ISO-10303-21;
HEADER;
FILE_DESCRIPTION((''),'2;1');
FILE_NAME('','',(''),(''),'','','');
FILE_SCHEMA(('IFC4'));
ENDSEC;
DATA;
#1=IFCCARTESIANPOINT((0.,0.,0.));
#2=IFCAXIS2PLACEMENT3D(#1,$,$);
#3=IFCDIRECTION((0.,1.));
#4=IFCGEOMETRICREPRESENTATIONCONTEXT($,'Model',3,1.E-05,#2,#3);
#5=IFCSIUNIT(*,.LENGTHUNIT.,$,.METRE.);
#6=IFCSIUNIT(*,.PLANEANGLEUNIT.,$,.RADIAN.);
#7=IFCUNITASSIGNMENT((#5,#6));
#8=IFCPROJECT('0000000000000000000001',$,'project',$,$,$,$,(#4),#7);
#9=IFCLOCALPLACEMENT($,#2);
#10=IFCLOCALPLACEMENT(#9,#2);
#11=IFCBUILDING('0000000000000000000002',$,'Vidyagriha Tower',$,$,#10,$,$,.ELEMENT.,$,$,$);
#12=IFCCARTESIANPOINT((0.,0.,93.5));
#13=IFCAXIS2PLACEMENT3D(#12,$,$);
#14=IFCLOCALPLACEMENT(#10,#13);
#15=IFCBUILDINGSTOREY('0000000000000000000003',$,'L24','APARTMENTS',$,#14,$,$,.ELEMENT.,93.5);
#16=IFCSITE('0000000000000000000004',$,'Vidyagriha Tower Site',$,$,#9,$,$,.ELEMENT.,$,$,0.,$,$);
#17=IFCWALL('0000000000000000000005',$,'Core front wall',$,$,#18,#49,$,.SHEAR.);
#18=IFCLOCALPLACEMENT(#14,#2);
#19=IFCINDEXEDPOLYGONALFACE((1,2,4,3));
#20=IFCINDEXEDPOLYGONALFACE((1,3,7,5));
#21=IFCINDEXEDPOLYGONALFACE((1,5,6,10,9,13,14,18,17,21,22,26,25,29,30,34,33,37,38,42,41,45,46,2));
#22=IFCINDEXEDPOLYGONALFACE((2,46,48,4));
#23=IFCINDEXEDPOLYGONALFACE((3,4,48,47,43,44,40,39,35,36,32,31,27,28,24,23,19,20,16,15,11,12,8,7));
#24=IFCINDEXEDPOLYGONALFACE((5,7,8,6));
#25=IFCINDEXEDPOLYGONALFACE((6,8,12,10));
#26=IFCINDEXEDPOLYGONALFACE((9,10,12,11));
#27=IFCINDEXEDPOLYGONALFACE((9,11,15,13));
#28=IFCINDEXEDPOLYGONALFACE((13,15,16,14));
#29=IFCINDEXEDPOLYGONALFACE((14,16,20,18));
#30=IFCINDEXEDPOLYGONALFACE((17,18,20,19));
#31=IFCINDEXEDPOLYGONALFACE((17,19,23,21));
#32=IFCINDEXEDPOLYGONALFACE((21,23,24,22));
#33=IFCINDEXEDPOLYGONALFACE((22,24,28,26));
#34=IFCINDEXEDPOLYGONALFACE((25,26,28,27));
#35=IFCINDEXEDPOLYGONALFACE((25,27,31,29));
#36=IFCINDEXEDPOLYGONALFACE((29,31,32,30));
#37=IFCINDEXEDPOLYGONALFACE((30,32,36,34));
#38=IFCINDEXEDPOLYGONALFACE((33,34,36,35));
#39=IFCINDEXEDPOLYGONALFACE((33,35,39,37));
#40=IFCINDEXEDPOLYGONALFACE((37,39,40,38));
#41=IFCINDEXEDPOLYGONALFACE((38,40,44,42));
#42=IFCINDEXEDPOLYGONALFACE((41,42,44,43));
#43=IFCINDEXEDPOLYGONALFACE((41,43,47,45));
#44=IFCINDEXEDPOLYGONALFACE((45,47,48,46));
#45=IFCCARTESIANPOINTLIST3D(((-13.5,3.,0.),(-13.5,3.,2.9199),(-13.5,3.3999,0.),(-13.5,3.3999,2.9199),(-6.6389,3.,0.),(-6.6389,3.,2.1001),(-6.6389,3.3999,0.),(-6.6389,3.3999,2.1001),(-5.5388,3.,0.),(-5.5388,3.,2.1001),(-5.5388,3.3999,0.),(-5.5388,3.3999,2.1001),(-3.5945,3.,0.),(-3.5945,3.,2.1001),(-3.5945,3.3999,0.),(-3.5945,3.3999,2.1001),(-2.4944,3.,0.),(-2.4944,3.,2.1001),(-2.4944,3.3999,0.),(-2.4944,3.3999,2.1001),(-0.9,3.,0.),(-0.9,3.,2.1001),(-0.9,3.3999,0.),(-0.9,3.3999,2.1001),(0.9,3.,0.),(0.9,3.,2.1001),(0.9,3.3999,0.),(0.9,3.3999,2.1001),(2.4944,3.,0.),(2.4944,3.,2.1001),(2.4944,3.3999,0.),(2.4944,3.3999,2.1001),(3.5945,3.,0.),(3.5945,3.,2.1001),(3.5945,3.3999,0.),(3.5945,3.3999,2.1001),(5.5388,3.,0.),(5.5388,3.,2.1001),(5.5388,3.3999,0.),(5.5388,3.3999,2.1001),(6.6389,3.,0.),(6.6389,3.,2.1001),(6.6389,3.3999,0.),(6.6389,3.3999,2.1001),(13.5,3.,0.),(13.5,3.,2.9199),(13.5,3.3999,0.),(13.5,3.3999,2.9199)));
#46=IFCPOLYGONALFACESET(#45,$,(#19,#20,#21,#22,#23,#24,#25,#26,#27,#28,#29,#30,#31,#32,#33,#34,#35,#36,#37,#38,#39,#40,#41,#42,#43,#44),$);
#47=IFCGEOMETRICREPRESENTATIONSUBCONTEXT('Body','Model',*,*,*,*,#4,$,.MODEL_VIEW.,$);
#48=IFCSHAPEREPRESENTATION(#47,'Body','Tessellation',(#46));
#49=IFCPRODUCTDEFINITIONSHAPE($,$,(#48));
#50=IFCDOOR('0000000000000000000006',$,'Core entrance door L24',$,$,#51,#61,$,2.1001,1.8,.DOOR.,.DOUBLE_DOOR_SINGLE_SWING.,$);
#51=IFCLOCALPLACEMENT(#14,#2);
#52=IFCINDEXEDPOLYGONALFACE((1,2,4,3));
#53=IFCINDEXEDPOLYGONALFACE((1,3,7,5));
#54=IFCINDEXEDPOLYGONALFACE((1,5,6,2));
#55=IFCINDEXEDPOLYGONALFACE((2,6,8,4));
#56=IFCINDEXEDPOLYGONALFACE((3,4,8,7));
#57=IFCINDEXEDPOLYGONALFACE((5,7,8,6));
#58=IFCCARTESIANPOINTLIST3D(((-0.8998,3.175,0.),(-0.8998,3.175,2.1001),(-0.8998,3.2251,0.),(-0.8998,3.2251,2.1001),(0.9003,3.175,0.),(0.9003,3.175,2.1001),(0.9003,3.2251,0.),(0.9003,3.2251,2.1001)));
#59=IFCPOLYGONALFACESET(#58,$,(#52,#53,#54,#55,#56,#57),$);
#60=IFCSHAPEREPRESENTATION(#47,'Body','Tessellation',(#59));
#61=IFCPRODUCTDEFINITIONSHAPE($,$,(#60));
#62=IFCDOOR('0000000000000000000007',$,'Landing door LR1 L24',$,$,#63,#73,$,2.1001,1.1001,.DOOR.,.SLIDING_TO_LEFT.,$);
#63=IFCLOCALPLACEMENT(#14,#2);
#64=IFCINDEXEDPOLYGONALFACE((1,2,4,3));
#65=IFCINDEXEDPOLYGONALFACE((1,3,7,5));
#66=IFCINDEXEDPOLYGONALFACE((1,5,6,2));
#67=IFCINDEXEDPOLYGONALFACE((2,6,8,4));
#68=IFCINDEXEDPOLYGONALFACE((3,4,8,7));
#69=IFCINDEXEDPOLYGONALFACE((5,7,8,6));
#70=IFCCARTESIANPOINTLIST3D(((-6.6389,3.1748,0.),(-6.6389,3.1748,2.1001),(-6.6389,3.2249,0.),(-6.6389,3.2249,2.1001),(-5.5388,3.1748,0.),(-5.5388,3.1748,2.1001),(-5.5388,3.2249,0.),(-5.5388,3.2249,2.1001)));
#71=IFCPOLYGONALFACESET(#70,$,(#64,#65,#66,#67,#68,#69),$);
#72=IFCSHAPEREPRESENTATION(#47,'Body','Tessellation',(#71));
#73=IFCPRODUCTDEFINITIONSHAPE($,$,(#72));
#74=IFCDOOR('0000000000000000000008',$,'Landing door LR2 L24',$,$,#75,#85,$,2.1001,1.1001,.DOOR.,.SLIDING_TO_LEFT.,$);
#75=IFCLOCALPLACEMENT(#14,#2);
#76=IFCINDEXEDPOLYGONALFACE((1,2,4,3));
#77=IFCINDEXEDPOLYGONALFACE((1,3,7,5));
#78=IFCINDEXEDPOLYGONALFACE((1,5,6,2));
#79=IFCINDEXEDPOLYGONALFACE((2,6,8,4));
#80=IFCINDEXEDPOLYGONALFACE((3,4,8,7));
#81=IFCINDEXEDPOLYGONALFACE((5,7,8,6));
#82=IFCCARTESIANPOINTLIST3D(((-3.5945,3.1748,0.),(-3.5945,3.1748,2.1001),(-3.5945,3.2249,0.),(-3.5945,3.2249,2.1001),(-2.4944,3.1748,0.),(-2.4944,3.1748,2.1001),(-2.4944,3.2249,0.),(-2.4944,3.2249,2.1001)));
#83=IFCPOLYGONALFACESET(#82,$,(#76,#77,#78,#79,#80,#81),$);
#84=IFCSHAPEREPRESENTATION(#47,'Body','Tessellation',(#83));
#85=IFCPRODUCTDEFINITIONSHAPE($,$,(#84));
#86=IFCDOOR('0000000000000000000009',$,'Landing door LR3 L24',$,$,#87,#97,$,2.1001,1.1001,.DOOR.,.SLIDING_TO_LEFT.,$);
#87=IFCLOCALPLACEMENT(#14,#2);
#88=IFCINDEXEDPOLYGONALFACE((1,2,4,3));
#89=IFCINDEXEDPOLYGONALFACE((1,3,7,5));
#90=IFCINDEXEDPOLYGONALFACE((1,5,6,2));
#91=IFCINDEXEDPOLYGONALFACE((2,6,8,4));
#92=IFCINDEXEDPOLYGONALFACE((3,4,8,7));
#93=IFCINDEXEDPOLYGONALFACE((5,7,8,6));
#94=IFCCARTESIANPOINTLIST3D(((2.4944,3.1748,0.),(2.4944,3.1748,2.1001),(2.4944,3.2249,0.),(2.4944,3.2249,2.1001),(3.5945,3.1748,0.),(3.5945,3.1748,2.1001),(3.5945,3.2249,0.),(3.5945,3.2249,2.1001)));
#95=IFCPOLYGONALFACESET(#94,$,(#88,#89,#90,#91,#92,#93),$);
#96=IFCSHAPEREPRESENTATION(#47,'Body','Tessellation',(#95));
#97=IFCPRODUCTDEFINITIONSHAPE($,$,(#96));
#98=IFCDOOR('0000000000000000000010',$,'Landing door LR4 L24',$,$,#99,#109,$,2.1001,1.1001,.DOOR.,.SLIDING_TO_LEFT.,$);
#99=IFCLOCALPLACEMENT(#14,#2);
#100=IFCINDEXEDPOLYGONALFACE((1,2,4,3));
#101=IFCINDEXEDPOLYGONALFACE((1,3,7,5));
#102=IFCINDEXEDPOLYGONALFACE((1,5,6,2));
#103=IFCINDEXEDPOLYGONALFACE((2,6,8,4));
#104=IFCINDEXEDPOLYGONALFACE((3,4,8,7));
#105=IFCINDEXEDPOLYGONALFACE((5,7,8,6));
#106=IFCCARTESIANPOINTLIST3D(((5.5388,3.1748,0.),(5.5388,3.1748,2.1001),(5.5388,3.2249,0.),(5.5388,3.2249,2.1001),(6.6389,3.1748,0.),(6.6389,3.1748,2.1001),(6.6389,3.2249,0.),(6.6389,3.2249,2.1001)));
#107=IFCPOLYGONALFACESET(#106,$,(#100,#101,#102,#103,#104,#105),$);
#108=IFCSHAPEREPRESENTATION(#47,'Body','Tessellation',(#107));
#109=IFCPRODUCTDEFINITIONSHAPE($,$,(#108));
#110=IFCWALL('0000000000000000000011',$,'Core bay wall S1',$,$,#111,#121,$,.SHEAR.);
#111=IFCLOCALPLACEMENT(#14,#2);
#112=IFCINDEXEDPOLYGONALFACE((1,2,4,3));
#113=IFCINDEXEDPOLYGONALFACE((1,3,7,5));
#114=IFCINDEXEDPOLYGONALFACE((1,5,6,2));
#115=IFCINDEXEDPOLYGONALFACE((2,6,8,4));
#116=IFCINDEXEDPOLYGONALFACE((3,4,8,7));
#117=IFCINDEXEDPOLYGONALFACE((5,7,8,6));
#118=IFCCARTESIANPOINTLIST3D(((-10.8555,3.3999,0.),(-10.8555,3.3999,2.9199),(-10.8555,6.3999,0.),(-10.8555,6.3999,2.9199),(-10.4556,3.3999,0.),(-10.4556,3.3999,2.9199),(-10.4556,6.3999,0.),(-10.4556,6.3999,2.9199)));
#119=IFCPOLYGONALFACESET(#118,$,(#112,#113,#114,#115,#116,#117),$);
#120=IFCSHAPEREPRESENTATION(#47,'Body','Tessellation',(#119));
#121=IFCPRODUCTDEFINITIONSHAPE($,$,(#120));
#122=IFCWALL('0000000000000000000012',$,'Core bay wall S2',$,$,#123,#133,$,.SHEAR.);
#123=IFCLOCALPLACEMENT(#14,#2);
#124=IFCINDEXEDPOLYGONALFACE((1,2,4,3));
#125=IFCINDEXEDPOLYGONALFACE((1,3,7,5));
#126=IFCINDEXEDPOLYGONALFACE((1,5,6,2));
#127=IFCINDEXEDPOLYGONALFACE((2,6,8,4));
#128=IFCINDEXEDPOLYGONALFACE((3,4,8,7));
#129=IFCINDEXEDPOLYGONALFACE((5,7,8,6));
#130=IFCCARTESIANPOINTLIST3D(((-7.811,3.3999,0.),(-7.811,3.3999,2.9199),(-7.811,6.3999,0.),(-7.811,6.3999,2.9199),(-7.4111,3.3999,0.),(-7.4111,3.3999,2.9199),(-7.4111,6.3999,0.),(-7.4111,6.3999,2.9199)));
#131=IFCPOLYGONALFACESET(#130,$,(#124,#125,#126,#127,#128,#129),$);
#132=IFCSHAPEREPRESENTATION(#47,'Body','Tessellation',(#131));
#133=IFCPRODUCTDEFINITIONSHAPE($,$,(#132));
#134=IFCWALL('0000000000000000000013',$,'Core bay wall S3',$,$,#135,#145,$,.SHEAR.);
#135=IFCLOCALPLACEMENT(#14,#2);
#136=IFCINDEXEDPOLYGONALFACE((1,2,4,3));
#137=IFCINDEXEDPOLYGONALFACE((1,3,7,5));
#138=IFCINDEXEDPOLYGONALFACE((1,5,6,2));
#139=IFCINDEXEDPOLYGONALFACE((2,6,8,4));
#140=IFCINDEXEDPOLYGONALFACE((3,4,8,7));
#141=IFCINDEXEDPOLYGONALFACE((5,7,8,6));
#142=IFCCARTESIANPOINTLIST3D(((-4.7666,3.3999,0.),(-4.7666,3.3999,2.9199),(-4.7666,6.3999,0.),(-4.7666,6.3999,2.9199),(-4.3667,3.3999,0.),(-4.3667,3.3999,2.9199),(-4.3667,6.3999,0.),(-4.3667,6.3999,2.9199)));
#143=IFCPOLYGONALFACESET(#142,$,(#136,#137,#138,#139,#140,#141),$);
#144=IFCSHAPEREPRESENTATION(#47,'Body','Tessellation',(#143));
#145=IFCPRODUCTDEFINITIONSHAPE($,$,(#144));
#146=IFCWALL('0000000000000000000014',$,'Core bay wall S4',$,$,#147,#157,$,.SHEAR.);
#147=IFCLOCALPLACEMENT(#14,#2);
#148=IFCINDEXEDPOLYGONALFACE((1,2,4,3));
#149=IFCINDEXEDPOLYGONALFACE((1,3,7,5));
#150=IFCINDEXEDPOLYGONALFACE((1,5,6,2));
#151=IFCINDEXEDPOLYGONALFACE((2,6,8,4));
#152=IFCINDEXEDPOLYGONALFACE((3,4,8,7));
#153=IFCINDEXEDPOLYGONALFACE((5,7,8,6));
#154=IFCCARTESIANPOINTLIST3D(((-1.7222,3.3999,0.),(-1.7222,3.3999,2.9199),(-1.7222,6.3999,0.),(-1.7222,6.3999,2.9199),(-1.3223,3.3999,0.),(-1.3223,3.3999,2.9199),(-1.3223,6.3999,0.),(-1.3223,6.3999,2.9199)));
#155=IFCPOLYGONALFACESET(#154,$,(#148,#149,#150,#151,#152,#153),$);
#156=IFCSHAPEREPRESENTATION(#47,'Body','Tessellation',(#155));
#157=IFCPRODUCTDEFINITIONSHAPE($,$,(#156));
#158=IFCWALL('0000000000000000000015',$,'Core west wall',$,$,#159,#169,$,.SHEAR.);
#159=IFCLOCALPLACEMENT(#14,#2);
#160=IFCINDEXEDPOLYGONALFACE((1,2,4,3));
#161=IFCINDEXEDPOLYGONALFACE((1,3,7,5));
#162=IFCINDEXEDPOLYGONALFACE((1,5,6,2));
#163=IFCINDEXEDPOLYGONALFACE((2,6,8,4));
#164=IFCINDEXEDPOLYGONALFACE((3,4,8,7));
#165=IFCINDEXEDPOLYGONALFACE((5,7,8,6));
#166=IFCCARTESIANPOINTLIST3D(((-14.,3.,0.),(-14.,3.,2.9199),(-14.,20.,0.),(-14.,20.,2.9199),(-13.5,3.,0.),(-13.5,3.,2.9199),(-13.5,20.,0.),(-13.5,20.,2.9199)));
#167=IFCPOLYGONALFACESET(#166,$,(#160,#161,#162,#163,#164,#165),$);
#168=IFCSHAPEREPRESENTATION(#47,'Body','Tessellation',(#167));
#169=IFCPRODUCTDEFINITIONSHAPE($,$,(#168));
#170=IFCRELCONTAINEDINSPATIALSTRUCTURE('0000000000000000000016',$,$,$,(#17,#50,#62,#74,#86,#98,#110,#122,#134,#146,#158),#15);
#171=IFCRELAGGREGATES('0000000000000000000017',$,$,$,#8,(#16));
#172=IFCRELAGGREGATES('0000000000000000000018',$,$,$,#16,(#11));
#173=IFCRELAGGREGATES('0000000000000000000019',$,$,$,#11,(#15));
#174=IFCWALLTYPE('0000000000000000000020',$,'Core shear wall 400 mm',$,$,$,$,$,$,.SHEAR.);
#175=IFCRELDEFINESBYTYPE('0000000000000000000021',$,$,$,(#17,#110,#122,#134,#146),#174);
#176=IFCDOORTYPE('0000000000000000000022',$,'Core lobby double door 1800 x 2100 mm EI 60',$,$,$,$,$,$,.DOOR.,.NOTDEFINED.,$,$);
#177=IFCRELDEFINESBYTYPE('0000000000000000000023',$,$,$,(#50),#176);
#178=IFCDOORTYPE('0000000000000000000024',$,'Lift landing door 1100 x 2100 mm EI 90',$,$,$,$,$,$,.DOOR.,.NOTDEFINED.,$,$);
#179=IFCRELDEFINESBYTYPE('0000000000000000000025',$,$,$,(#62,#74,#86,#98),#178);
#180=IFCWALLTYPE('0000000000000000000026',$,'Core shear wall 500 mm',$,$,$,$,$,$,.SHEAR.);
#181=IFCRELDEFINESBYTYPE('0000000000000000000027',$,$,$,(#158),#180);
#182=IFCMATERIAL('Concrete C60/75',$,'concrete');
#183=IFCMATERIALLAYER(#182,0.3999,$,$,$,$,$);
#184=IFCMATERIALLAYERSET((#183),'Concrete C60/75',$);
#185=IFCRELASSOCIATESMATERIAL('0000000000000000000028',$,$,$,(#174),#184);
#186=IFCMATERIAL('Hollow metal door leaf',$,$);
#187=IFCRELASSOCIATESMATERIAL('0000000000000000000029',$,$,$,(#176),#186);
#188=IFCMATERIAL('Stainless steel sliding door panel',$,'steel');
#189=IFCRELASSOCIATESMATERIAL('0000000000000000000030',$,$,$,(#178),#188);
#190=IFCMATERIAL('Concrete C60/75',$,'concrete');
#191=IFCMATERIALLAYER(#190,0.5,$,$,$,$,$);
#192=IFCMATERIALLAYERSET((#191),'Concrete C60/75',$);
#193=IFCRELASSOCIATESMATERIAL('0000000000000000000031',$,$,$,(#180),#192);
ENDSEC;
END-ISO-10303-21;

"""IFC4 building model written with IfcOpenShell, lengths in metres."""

from ifc_helpers import new_model, si_unit, direction, frame, frame_2d, origin, place, context, subcontext, project, spatial, rectangle, extrude, material, layer, layer_set, type_object, element, fill, save


model = new_model("IFC4")

# Units and contexts
model_context = context("Model", 3, precision=1e-05, world=origin(), true_north=direction((0.0, 1.0)))
body_context = subcontext(model_context, "Body", "Model", "MODEL_VIEW")
ifc_project = project(units=[si_unit("LENGTHUNIT", "METRE"), si_unit("PLANEANGLEUNIT", "RADIAN")], contexts=[model_context])

# Site, building, storey
site_placement = place(None, origin())
site = spatial("IfcSite", under=ifc_project, at=site_placement, Name="Vidyagriha Tower Site", CompositionType="ELEMENT", RefElevation=0.0)
building_placement = place(site_placement, origin())
building = spatial("IfcBuilding", under=site, at=building_placement, Name="Vidyagriha Tower", CompositionType="ELEMENT")
storey_placement = place(building_placement, frame((0.0, 0.0, 93.5)))
storey = spatial("IfcBuildingStorey", under=building, at=storey_placement, Name="L24", Description="APARTMENTS", CompositionType="ELEMENT", Elevation=93.5)

# Wall, openings, doors
ifc_material_1 = material(Name="Concrete C60/75", Category="concrete")
ifc_layer_1 = layer(ifc_material_1, 0.3999)
ifc_layer_set_1 = layer_set([ifc_layer_1], Name="Concrete C60/75")
wall_type_1 = type_object("IfcWallType", Name="Core shear wall 400 mm", PredefinedType="SHEAR", material=ifc_layer_set_1)
wall_1_placement = place(storey_placement, frame((-13.5, 3.2, 0.0)))
wall_1 = element("IfcWall", 1, at=wall_1_placement, inside=storey, type_object=wall_type_1, Name="Core front wall", PredefinedType="SHEAR", context=body_context, shape_type="SweptSolid", body=[
    extrude(rectangle(XDim=27.0, YDim=0.3999, at=frame_2d((13.5, 0.0))), origin(), (0.0, 0.0, 1.0), 2.9199),
])
opening_1_placement = place(wall_1_placement, frame((6.8611, 0.0, 0.0)))
opening_1 = element("IfcOpeningElement", 2, at=opening_1_placement, cuts=wall_1, PredefinedType="OPENING", context=body_context, shape_type="SweptSolid", body=[
    extrude(rectangle(XDim=1.1001, YDim=2.1001, at=frame_2d((0.55, 1.05))), frame((0.0, 0.21, 0.0), z_axis=(0.0, -1.0, 0.0), x_axis=(1.0, 0.0, 0.0)), (0.0, 0.0, 1.0), 0.4199),
])
opening_2_placement = place(wall_1_placement, frame((9.9055, 0.0, 0.0)))
opening_2 = element("IfcOpeningElement", 3, at=opening_2_placement, cuts=wall_1, PredefinedType="OPENING", context=body_context, shape_type="SweptSolid", body=[
    extrude(rectangle(XDim=1.1001, YDim=2.1001, at=frame_2d((0.55, 1.05))), frame((0.0, 0.21, 0.0), z_axis=(0.0, -1.0, 0.0), x_axis=(1.0, 0.0, 0.0)), (0.0, 0.0, 1.0), 0.4199),
])
opening_3_placement = place(wall_1_placement, frame((15.9944, 0.0, 0.0)))
opening_3 = element("IfcOpeningElement", 4, at=opening_3_placement, cuts=wall_1, PredefinedType="OPENING", context=body_context, shape_type="SweptSolid", body=[
    extrude(rectangle(XDim=1.1001, YDim=2.1001, at=frame_2d((0.55, 1.05))), frame((0.0, 0.21, 0.0), z_axis=(0.0, -1.0, 0.0), x_axis=(1.0, 0.0, 0.0)), (0.0, 0.0, 1.0), 0.4199),
])
opening_4_placement = place(wall_1_placement, frame((19.0388, 0.0, 0.0)))
opening_4 = element("IfcOpeningElement", 5, at=opening_4_placement, cuts=wall_1, PredefinedType="OPENING", context=body_context, shape_type="SweptSolid", body=[
    extrude(rectangle(XDim=1.1001, YDim=2.1001, at=frame_2d((0.55, 1.05))), frame((0.0, 0.21, 0.0), z_axis=(0.0, -1.0, 0.0), x_axis=(1.0, 0.0, 0.0)), (0.0, 0.0, 1.0), 0.4199),
])
opening_5_placement = place(wall_1_placement, frame((12.6001, 0.0, 0.0)))
opening_5 = element("IfcOpeningElement", 6, at=opening_5_placement, cuts=wall_1, PredefinedType="OPENING", context=body_context, shape_type="SweptSolid", body=[
    extrude(rectangle(XDim=1.8, YDim=2.1001, at=frame_2d((0.8999, 1.05))), frame((0.0, 0.21, 0.0), z_axis=(0.0, -1.0, 0.0), x_axis=(1.0, 0.0, 0.0)), (0.0, 0.0, 1.0), 0.4199),
])
ifc_material_2 = material(Name="Hollow metal door leaf")
door_type_1 = type_object("IfcDoorType", Name="Core lobby double door 1800 x 2100 mm EI 60", OperationType="NOTDEFINED", PredefinedType="DOOR", material=ifc_material_2)
door_1_placement = place(opening_5_placement, frame((1.8, 0.0, 0.0), z_axis=(0.0, 0.0, 1.0), x_axis=(-1.0, 0.0, 0.0)))
door_1 = element("IfcDoor", 7, at=door_1_placement, inside=storey, type_object=door_type_1, Name="Core entrance door L24", OperationType="DOUBLE_DOOR_SINGLE_SWING", OverallHeight=2.1001, OverallWidth=1.8, PredefinedType="DOOR", context=body_context, shape_type="SweptSolid", body=[
    extrude(rectangle(XDim=1.8, YDim=2.1001, at=frame_2d((0.8999, 1.05))), frame((0.0, 0.0249, 0.0), z_axis=(0.0, -1.0, 0.0), x_axis=(1.0, 0.0, 0.0)), (0.0, 0.0, 1.0), 0.05),
])
fill(opening_5, door_1)
ifc_material_3 = material(Name="Stainless steel sliding door panel", Category="steel")
door_type_2 = type_object("IfcDoorType", Name="Lift landing door 1100 x 2100 mm EI 90", OperationType="NOTDEFINED", PredefinedType="DOOR", material=ifc_material_3)
door_2_placement = place(opening_1_placement, origin())
door_2 = element("IfcDoor", 8, at=door_2_placement, inside=storey, type_object=door_type_2, Name="Landing door LR1 L24", OperationType="SLIDING_TO_LEFT", OverallHeight=2.1001, OverallWidth=1.1001, PredefinedType="DOOR", context=body_context, shape_type="SweptSolid", body=[
    extrude(rectangle(XDim=1.1001, YDim=2.1001, at=frame_2d((0.55, 1.05))), frame((0.0, 0.0249, 0.0), z_axis=(0.0, -1.0, 0.0), x_axis=(1.0, 0.0, 0.0)), (0.0, 0.0, 1.0), 0.05),
])
fill(opening_1, door_2)
door_3_placement = place(opening_2_placement, origin())
door_3 = element("IfcDoor", 9, at=door_3_placement, inside=storey, type_object=door_type_2, Name="Landing door LR2 L24", OperationType="SLIDING_TO_LEFT", OverallHeight=2.1001, OverallWidth=1.1001, PredefinedType="DOOR", context=body_context, shape_type="SweptSolid", body=[
    extrude(rectangle(XDim=1.1001, YDim=2.1001, at=frame_2d((0.55, 1.05))), frame((0.0, 0.0249, 0.0), z_axis=(0.0, -1.0, 0.0), x_axis=(1.0, 0.0, 0.0)), (0.0, 0.0, 1.0), 0.05),
])
fill(opening_2, door_3)
door_4_placement = place(opening_3_placement, origin())
door_4 = element("IfcDoor", 10, at=door_4_placement, inside=storey, type_object=door_type_2, Name="Landing door LR3 L24", OperationType="SLIDING_TO_LEFT", OverallHeight=2.1001, OverallWidth=1.1001, PredefinedType="DOOR", context=body_context, shape_type="SweptSolid", body=[
    extrude(rectangle(XDim=1.1001, YDim=2.1001, at=frame_2d((0.55, 1.05))), frame((0.0, 0.0249, 0.0), z_axis=(0.0, -1.0, 0.0), x_axis=(1.0, 0.0, 0.0)), (0.0, 0.0, 1.0), 0.05),
])
fill(opening_3, door_4)
door_5_placement = place(opening_4_placement, origin())
door_5 = element("IfcDoor", 11, at=door_5_placement, inside=storey, type_object=door_type_2, Name="Landing door LR4 L24", OperationType="SLIDING_TO_LEFT", OverallHeight=2.1001, OverallWidth=1.1001, PredefinedType="DOOR", context=body_context, shape_type="SweptSolid", body=[
    extrude(rectangle(XDim=1.1001, YDim=2.1001, at=frame_2d((0.55, 1.05))), frame((0.0, 0.0249, 0.0), z_axis=(0.0, -1.0, 0.0), x_axis=(1.0, 0.0, 0.0)), (0.0, 0.0, 1.0), 0.05),
])
fill(opening_4, door_5)

# Walls
for number, where, z_axis, x_axis, name in (
    (12, (-10.6555, 3.3999, 0.0), (0.0, 0.0, 1.0), (0.0, 1.0, 0.0), "Core bay wall S1"),
    (13, (-7.6111, 3.3999, 0.0), (0.0, 0.0, 1.0), (0.0, 1.0, 0.0), "Core bay wall S2"),
    (14, (-4.5667, 3.3999, 0.0), (0.0, 0.0, 1.0), (0.0, 1.0, 0.0), "Core bay wall S3"),
    (15, (-1.5222, 3.3999, 0.0), (0.0, 0.0, 1.0), (0.0, 1.0, 0.0), "Core bay wall S4"),
):
    element("IfcWall", number, at=place(storey_placement, frame(where, z_axis=z_axis, x_axis=x_axis)), inside=storey, type_object=wall_type_1, Name=name, PredefinedType="SHEAR", context=body_context, shape_type="SweptSolid", body=[
        extrude(rectangle(XDim=3.0, YDim=0.3999, at=frame_2d((1.5, 0.0))), origin(), (0.0, 0.0, 1.0), 2.9199),
    ])
ifc_material_4 = material(Name="Concrete C60/75", Category="concrete")
ifc_layer_2 = layer(ifc_material_4, 0.5)
ifc_layer_set_2 = layer_set([ifc_layer_2], Name="Concrete C60/75")
wall_type_2 = type_object("IfcWallType", Name="Core shear wall 500 mm", PredefinedType="SHEAR", material=ifc_layer_set_2)
wall_2_placement = place(storey_placement, frame((-13.75, 3.0, 0.0), z_axis=(0.0, 0.0, 1.0), x_axis=(0.0, 1.0, 0.0)))
element("IfcWall", 16, at=wall_2_placement, inside=storey, type_object=wall_type_2, Name="Core west wall", PredefinedType="SHEAR", context=body_context, shape_type="SweptSolid", body=[
    extrude(rectangle(XDim=17.0, YDim=0.5, at=frame_2d((8.5, 0.0))), origin(), (0.0, 0.0, 1.0), 2.9199),
])

save(model, "model.ifc")
